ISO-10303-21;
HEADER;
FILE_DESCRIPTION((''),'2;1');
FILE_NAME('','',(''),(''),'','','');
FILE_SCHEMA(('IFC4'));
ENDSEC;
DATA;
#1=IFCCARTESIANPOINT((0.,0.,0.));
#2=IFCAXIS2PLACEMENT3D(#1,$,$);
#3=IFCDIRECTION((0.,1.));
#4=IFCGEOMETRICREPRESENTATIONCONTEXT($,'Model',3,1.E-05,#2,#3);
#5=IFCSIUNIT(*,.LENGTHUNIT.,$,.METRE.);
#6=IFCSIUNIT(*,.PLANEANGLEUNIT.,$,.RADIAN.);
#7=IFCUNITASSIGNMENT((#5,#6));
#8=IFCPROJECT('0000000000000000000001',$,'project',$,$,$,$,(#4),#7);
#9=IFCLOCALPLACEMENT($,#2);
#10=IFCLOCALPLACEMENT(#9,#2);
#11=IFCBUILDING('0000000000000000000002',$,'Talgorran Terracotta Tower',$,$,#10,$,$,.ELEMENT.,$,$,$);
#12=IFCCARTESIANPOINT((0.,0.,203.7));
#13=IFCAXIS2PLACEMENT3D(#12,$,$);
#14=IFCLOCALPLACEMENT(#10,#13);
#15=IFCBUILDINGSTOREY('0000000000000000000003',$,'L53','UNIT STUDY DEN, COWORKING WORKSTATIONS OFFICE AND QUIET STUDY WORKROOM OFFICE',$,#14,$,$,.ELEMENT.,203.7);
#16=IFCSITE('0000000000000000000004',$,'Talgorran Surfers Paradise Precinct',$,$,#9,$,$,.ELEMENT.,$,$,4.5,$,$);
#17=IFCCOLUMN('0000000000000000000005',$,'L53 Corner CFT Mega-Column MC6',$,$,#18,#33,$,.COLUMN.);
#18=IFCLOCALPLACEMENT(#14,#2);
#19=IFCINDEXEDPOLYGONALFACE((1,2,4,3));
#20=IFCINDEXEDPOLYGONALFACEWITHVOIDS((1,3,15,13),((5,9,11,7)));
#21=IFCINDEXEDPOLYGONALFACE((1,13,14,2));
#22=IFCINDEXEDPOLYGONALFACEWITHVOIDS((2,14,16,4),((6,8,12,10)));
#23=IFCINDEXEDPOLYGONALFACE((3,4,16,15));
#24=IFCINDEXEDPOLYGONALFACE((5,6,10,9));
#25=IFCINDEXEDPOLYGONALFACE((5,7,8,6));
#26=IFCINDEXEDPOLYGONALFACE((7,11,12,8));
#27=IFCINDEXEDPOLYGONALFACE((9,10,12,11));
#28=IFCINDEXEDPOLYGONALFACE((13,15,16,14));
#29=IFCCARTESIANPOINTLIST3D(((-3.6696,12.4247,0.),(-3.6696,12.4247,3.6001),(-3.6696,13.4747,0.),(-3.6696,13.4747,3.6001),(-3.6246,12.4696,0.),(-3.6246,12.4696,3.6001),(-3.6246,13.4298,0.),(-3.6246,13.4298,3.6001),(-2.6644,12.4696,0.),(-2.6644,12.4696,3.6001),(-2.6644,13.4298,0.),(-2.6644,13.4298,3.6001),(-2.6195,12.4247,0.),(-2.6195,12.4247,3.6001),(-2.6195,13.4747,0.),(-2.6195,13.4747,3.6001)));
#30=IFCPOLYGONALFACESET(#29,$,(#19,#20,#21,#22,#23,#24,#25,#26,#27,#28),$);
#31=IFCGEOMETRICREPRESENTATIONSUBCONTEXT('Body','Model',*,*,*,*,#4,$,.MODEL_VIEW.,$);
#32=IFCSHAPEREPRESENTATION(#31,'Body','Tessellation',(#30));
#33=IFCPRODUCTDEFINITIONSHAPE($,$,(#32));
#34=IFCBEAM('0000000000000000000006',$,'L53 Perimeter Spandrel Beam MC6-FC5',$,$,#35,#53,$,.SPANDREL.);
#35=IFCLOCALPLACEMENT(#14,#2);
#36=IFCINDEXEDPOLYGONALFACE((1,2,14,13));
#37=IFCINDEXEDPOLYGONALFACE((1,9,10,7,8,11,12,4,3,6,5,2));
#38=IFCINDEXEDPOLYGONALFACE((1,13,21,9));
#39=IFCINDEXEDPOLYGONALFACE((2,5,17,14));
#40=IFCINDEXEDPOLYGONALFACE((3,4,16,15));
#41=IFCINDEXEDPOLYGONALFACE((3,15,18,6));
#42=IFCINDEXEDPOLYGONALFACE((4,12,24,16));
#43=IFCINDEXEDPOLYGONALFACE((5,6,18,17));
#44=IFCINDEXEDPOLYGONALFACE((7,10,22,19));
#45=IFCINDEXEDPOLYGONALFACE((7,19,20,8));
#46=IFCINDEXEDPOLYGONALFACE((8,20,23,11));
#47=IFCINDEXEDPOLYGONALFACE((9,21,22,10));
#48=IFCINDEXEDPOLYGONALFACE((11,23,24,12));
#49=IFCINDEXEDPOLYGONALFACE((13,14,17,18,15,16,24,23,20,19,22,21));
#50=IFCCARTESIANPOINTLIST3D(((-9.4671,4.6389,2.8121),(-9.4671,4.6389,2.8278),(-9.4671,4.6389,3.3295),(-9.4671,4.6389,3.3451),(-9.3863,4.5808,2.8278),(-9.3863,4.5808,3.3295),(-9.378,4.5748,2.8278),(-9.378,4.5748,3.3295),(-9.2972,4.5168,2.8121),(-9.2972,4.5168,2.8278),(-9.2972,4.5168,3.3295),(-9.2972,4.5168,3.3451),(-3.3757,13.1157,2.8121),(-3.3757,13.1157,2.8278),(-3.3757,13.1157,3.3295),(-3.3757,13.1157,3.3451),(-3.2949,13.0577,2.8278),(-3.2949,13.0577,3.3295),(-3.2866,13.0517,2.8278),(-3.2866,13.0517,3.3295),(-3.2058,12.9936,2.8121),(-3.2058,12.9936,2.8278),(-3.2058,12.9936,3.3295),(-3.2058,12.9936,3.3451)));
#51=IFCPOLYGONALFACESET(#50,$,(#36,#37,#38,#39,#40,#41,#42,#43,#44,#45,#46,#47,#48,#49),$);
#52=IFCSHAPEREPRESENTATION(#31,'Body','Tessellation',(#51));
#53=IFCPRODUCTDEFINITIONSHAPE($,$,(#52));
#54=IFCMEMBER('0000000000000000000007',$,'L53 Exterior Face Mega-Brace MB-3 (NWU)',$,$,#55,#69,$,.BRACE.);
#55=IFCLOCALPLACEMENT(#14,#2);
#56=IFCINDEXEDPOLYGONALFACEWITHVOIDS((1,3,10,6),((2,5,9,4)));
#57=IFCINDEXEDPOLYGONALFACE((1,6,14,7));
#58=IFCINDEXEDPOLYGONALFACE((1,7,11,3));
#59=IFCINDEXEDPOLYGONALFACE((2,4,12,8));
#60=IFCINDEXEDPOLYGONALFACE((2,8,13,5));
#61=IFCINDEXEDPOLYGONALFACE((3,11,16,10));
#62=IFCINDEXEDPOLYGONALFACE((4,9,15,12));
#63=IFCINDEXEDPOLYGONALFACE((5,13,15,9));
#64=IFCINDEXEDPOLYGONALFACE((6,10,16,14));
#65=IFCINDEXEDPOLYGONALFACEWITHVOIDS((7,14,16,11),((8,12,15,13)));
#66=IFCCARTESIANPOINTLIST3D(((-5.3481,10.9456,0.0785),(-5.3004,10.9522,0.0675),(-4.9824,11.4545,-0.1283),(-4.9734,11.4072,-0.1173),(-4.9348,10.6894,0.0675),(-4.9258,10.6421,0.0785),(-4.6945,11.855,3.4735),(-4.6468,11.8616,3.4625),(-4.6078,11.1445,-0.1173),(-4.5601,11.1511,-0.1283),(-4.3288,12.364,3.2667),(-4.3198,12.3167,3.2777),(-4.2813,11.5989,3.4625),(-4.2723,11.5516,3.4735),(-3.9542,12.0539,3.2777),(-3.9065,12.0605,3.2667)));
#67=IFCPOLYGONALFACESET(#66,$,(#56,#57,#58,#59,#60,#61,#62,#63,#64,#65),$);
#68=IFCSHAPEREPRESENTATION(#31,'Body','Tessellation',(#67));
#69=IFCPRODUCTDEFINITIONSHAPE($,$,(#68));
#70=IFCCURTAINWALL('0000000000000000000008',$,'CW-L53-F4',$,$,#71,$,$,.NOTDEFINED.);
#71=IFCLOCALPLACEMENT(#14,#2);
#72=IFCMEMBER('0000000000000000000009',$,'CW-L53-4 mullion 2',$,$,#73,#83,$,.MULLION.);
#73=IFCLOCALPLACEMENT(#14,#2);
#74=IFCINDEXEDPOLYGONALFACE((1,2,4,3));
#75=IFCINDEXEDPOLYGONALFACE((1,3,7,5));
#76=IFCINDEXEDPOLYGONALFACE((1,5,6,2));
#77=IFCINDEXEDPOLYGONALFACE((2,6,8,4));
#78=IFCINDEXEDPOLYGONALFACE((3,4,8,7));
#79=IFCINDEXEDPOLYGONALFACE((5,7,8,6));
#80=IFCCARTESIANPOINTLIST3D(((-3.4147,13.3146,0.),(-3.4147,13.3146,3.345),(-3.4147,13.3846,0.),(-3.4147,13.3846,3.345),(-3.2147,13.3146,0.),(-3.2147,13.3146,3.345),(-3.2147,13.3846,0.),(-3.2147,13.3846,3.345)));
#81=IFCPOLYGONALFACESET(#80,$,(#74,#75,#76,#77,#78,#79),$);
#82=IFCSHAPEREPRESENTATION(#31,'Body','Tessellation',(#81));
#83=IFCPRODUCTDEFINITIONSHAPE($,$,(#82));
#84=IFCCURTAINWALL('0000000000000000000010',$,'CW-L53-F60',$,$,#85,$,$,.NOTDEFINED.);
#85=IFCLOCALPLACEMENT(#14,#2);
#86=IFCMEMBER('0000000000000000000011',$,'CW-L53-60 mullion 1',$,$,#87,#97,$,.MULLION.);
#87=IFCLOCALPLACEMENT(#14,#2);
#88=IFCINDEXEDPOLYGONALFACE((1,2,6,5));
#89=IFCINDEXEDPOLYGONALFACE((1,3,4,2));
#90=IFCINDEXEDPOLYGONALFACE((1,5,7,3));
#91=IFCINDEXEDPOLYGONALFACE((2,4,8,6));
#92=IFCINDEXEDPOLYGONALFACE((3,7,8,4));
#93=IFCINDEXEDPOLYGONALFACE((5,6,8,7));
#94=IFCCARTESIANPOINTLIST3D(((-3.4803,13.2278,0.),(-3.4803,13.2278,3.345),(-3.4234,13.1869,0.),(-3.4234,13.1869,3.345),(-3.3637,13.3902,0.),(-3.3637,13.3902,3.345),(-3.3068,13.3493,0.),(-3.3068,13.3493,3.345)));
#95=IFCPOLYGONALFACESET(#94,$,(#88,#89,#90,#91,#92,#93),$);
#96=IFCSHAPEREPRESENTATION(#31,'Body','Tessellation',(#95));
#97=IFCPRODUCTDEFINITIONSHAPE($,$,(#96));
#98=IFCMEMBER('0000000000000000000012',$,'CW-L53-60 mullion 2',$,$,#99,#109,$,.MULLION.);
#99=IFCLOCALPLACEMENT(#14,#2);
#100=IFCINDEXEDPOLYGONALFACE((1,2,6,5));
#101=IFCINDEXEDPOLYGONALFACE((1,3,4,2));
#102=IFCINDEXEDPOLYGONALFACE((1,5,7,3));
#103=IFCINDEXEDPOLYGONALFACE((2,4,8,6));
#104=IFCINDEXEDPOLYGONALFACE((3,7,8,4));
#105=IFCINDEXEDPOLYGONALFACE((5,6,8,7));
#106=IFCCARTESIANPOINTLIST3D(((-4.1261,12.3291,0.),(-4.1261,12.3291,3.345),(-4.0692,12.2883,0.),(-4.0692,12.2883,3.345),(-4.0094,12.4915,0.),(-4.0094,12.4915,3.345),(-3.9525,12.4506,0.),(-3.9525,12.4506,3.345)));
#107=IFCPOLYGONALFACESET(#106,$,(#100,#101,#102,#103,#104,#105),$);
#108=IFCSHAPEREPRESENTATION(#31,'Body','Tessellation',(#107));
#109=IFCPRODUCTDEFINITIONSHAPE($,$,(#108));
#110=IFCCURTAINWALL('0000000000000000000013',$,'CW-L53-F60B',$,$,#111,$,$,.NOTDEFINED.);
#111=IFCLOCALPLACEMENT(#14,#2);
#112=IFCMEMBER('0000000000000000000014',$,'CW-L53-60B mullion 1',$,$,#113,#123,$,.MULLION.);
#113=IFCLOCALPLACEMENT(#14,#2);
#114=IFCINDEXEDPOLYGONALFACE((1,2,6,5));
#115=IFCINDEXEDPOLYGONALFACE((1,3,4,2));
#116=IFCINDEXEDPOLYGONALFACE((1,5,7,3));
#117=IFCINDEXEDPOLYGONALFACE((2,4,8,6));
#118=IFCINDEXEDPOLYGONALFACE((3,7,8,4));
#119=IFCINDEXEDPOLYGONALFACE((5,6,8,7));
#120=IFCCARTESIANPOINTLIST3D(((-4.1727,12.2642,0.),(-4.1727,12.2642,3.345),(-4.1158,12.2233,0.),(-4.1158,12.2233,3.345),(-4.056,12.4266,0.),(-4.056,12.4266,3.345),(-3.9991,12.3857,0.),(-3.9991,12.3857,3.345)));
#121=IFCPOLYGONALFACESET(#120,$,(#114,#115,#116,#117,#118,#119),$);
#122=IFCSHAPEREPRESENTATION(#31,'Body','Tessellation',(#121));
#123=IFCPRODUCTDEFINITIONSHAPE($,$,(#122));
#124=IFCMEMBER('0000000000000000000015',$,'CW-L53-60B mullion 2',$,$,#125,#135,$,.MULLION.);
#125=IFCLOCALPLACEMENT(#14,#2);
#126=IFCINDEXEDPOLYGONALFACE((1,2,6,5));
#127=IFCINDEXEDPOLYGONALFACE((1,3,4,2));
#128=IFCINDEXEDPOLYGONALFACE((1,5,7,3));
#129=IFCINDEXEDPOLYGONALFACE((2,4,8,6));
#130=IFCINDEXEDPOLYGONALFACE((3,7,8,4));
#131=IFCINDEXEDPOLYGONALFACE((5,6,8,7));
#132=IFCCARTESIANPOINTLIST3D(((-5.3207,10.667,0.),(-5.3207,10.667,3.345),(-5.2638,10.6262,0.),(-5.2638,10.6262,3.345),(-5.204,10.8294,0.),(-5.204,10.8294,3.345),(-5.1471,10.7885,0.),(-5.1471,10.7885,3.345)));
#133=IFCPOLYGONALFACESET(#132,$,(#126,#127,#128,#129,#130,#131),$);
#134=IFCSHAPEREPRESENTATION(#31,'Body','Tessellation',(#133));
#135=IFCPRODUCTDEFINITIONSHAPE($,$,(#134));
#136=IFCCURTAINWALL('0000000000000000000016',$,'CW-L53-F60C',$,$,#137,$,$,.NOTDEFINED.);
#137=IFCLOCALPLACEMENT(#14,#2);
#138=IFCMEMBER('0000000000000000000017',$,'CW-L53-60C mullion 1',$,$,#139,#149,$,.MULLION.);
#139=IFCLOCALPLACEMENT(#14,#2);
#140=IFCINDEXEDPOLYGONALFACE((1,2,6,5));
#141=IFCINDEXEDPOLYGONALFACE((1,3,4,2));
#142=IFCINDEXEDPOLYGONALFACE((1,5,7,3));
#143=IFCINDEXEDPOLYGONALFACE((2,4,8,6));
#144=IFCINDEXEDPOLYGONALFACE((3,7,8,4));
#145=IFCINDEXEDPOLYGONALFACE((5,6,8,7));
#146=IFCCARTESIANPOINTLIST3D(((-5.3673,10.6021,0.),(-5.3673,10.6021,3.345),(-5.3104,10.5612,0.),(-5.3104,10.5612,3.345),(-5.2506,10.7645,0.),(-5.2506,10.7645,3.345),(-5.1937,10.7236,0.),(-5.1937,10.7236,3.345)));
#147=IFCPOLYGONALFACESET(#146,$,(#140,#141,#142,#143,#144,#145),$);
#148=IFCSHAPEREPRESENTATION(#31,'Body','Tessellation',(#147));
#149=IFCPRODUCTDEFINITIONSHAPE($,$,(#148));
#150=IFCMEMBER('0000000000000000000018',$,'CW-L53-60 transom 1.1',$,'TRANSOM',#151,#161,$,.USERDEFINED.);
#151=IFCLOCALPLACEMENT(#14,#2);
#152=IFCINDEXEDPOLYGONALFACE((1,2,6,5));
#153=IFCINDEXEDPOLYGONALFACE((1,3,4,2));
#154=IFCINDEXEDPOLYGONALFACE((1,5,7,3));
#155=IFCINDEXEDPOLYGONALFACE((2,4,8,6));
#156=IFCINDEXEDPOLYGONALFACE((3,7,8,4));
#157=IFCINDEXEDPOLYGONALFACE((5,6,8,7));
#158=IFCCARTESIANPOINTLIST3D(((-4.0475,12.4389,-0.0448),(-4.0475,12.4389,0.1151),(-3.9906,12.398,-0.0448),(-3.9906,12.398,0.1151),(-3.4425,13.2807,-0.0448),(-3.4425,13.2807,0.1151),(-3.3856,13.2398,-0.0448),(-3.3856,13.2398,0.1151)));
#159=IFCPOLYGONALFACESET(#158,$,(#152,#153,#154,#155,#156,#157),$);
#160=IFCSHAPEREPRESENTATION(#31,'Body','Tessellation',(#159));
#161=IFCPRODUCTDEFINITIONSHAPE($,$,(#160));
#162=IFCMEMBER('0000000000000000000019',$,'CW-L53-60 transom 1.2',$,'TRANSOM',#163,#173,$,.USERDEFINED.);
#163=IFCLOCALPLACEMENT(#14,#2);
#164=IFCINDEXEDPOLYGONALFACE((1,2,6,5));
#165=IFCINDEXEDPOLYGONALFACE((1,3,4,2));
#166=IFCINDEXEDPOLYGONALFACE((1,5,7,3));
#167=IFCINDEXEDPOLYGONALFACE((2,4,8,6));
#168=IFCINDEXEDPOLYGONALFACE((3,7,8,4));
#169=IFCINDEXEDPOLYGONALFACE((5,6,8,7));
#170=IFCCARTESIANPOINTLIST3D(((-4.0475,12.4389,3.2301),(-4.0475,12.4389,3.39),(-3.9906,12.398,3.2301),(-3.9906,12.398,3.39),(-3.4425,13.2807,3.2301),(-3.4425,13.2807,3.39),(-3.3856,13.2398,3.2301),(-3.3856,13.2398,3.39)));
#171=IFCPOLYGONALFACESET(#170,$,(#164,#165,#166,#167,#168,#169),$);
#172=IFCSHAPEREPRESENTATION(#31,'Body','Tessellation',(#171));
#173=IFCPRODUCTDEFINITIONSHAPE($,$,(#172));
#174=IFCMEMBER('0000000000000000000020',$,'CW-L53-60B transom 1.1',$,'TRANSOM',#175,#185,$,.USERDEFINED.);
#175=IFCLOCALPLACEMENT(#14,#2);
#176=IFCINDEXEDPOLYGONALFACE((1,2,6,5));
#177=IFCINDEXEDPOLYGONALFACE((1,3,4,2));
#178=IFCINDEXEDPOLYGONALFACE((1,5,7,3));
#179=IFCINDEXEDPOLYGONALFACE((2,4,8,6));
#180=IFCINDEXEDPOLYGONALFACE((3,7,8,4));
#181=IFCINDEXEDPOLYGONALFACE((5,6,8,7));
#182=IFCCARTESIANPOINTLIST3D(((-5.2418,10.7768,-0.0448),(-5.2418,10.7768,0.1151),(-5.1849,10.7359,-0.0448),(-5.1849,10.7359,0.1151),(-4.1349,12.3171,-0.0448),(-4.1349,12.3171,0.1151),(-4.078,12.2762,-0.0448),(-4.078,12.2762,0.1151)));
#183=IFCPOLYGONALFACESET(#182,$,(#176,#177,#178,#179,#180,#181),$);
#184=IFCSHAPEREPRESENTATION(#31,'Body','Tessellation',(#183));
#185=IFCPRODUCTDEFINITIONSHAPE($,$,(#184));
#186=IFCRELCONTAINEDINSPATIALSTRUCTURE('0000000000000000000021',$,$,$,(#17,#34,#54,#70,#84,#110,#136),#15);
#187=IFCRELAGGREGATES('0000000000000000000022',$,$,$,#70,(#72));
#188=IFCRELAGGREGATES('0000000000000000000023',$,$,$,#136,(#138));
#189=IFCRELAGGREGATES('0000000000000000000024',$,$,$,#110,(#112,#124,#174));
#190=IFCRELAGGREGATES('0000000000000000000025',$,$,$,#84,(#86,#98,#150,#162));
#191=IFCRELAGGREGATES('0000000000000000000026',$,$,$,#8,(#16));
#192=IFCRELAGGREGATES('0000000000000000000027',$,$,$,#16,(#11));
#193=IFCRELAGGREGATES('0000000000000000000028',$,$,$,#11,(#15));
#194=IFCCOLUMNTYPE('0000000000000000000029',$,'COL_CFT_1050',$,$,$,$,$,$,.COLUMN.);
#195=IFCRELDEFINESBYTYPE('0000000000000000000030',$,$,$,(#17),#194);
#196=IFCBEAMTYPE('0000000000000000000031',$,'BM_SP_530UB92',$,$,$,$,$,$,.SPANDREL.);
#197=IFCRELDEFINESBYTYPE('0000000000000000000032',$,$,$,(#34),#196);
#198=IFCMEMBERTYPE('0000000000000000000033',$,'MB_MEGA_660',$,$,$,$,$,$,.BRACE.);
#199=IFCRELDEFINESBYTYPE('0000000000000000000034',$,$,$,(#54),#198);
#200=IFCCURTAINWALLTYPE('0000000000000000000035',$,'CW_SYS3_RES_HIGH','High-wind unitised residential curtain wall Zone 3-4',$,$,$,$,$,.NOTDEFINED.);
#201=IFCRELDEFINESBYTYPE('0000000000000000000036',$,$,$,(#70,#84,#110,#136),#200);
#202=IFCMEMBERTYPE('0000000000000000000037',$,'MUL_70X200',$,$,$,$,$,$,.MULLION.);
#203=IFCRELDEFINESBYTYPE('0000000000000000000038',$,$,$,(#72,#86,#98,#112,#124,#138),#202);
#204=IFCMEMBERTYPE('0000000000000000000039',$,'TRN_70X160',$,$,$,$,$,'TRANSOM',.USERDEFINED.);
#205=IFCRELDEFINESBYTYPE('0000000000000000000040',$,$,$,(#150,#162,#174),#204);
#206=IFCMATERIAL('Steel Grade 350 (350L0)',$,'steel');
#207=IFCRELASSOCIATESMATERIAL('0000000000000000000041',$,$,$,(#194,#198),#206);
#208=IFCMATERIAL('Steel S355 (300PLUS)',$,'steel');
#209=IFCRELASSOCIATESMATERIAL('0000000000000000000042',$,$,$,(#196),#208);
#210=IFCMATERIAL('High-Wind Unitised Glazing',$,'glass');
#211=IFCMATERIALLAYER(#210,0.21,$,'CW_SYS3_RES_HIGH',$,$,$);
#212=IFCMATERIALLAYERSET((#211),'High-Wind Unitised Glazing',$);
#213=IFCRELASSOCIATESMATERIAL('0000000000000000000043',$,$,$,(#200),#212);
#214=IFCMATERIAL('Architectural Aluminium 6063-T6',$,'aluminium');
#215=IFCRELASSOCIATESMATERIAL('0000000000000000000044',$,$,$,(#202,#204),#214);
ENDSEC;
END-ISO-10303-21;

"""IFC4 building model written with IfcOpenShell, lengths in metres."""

from ifc_helpers import new_model, si_unit, direction, frame, origin, origin_2d, place, context, subcontext, project, spatial, rectangle, hollow_rectangle, i_section, extrude, material, layer, layer_set, material_profile, profile_set, type_object, element, aggregate, save


model = new_model("IFC4")

# Units and contexts
model_context = context("Model", 3, precision=1e-05, world=origin(), true_north=direction((0.0, 1.0)))
body_context = subcontext(model_context, "Body", "Model", "MODEL_VIEW")
ifc_project = project(units=[si_unit("LENGTHUNIT", "METRE"), si_unit("PLANEANGLEUNIT", "RADIAN")], contexts=[model_context])

# Site, building, storey
site_placement = place(None, origin())
site = spatial("IfcSite", under=ifc_project, at=site_placement, Name="Talgorran Surfers Paradise Precinct", CompositionType="ELEMENT", RefElevation=4.5)
building_placement = place(site_placement, origin())
building = spatial("IfcBuilding", under=site, at=building_placement, Name="Talgorran Terracotta Tower", CompositionType="ELEMENT")
storey_placement = place(building_placement, frame((0.0, 0.0, 203.7)))
storey = spatial("IfcBuildingStorey", under=building, at=storey_placement, Name="L53", Description="UNIT STUDY DEN, COWORKING WORKSTATIONS OFFICE AND QUIET STUDY WORKROOM OFFICE", CompositionType="ELEMENT", Elevation=203.7)

# Column
ifc_material_1 = material(Name="Steel Grade 350 (350L0)", Category="steel")
ifc_material_profile_1 = material_profile(ifc_material_1, hollow_rectangle(XDim=1.05, YDim=1.05, WallThickness=0.0449, at=origin_2d()), Name="CFT1050X1050X45")
ifc_profile_set_1 = profile_set([ifc_material_profile_1], Name="Steel Grade 350 (350L0)")
column_type = type_object("IfcColumnType", Name="COL_CFT_1050", PredefinedType="COLUMN", material=ifc_profile_set_1)
column_placement = place(storey_placement, frame((-3.1445, 12.9497, 0.0), z_axis=(0.0, 0.0, 1.0), x_axis=(1.0, 0.0, 0.0)))
element("IfcColumn", 1, at=column_placement, inside=storey, type_object=column_type, Name="L53 Corner CFT Mega-Column MC6", PredefinedType="COLUMN", context=body_context, shape_type="SweptSolid", body=[
    extrude(hollow_rectangle(XDim=1.05, YDim=1.05, WallThickness=0.0449, at=origin_2d()), origin(), (0.0, 0.0, 1.0), 3.6001),
])

# Beam
ifc_material_2 = material(Name="Steel S355 (300PLUS)", Category="steel")
ifc_material_profile_2 = material_profile(ifc_material_2, i_section(OverallWidth=0.2092, OverallDepth=0.533, WebThickness=0.0103, FlangeThickness=0.0156, at=origin_2d()), Name="530UB92.4")
ifc_profile_set_2 = profile_set([ifc_material_profile_2], Name="Steel S355 (300PLUS)")
beam_type = type_object("IfcBeamType", Name="BM_SP_530UB92", PredefinedType="SPANDREL", material=ifc_profile_set_2)
beam_placement = place(storey_placement, frame((-3.2908, 13.0547, 3.0786), z_axis=(-0.583548, -0.812079, 0.0), x_axis=(0.812079, -0.583548, 0.0)))
element("IfcBeam", 2, at=beam_placement, inside=storey, type_object=beam_type, Name="L53 Perimeter Spandrel Beam MC6-FC5", PredefinedType="SPANDREL", context=body_context, shape_type="SweptSolid", body=[
    extrude(i_section(OverallWidth=0.2092, OverallDepth=0.533, WebThickness=0.0103, FlangeThickness=0.0156, at=origin_2d()), origin(), (0.0, 0.0, 1.0), 10.4385),
])

# Member
ifc_material_profile_3 = material_profile(ifc_material_1, hollow_rectangle(XDim=0.52, YDim=0.6599, WallThickness=0.0349, at=origin_2d()), Name="WBOX660X520X35")
ifc_profile_set_3 = profile_set([ifc_material_profile_3], Name="Steel Grade 350 (350L0)")
member_type_1 = type_object("IfcMemberType", Name="MB_MEGA_660", PredefinedType="BRACE", material=ifc_profile_set_3)
member_1_placement = place(storey_placement, frame((-4.9541, 11.0483, -0.0249), z_axis=(0.182817, 0.254387, 0.949666), x_axis=(-0.812051, 0.583587, 0.0)))
element("IfcMember", 3, at=member_1_placement, inside=storey, type_object=member_type_1, Name="L53 Exterior Face Mega-Brace MB-3 (NWU)", PredefinedType="BRACE", context=body_context, shape_type="SweptSolid", body=[
    extrude(hollow_rectangle(XDim=0.52, YDim=0.6599, WallThickness=0.0349, at=origin_2d()), origin(), (0.0, 0.0, 1.0), 3.575),
])

# Curtain wall, member
ifc_material_3 = material(Name="High-Wind Unitised Glazing", Category="glass")
ifc_layer_1 = layer(ifc_material_3, 0.21, Name="CW_SYS3_RES_HIGH")
ifc_layer_set_1 = layer_set([ifc_layer_1], Name="High-Wind Unitised Glazing")
curtain_wall_type = type_object("IfcCurtainWallType", Name="CW_SYS3_RES_HIGH", Description="High-wind unitised residential curtain wall Zone 3-4", PredefinedType="NOTDEFINED", material=ifc_layer_set_1)
curtain_wall_1_placement = place(storey_placement, origin())
curtain_wall_1 = element("IfcCurtainWall", 4, at=curtain_wall_1_placement, inside=storey, type_object=curtain_wall_type, Name="CW-L53-F4", PredefinedType="NOTDEFINED")
ifc_material_4 = material(Name="Architectural Aluminium 6063-T6", Category="aluminium")
ifc_material_profile_4 = material_profile(ifc_material_4, rectangle(XDim=0.0701, YDim=0.2, at=origin_2d()), Name="CWM70X200")
ifc_profile_set_4 = profile_set([ifc_material_profile_4], Name="Architectural Aluminium 6063-T6")
member_type_2 = type_object("IfcMemberType", Name="MUL_70X200", PredefinedType="MULLION", material=ifc_profile_set_4)
member_2_placement = place(storey_placement, frame((-3.3147, 13.3496, 0.0), z_axis=(0.0, 0.0, 1.0), x_axis=(0.0, -1.0, 0.0)))
member_2 = element("IfcMember", 5, at=member_2_placement, type_object=member_type_2, Name="CW-L53-4 mullion 2", PredefinedType="MULLION", context=body_context, shape_type="SweptSolid", body=[
    extrude(rectangle(XDim=0.0701, YDim=0.2, at=origin_2d()), origin(), (0.0, 0.0, 1.0), 3.345),
])
aggregate(curtain_wall_1, [member_2])

# Curtain walls, members
curtain_wall_2_placement = place(storey_placement, origin())
curtain_wall_2 = element("IfcCurtainWall", 6, at=curtain_wall_2_placement, inside=storey, type_object=curtain_wall_type, Name="CW-L53-F60", PredefinedType="NOTDEFINED")
member_3_placement = place(storey_placement, frame((-3.3936, 13.2886, 0.0), z_axis=(0.0, 0.0, 1.0), x_axis=(0.812071, -0.583559, 0.0)))
member_3 = element("IfcMember", 7, at=member_3_placement, type_object=member_type_2, Name="CW-L53-60 mullion 1", PredefinedType="MULLION", context=body_context, shape_type="SweptSolid", body=[
    extrude(rectangle(XDim=0.0701, YDim=0.2, at=origin_2d()), origin(), (0.0, 0.0, 1.0), 3.345),
])
member_4_placement = place(storey_placement, frame((-4.0393, 12.3899, 0.0), z_axis=(0.0, 0.0, 1.0), x_axis=(0.812071, -0.583559, 0.0)))
member_4 = element("IfcMember", 8, at=member_4_placement, type_object=member_type_2, Name="CW-L53-60 mullion 2", PredefinedType="MULLION", context=body_context, shape_type="SweptSolid", body=[
    extrude(rectangle(XDim=0.0701, YDim=0.2, at=origin_2d()), origin(), (0.0, 0.0, 1.0), 3.345),
])
curtain_wall_3_placement = place(storey_placement, origin())
curtain_wall_3 = element("IfcCurtainWall", 9, at=curtain_wall_3_placement, inside=storey, type_object=curtain_wall_type, Name="CW-L53-F60B", PredefinedType="NOTDEFINED")
member_5_placement = place(storey_placement, frame((-4.0859, 12.325, 0.0), z_axis=(0.0, 0.0, 1.0), x_axis=(0.812065, -0.583567, 0.0)))
member_5 = element("IfcMember", 10, at=member_5_placement, type_object=member_type_2, Name="CW-L53-60B mullion 1", PredefinedType="MULLION", context=body_context, shape_type="SweptSolid", body=[
    extrude(rectangle(XDim=0.0701, YDim=0.2, at=origin_2d()), origin(), (0.0, 0.0, 1.0), 3.345),
])
member_6_placement = place(storey_placement, frame((-5.2339, 10.7278, 0.0), z_axis=(0.0, 0.0, 1.0), x_axis=(0.812065, -0.583567, 0.0)))
member_6 = element("IfcMember", 11, at=member_6_placement, type_object=member_type_2, Name="CW-L53-60B mullion 2", PredefinedType="MULLION", context=body_context, shape_type="SweptSolid", body=[
    extrude(rectangle(XDim=0.0701, YDim=0.2, at=origin_2d()), origin(), (0.0, 0.0, 1.0), 3.345),
])

# Curtain wall, member
curtain_wall_4_placement = place(storey_placement, origin())
curtain_wall_4 = element("IfcCurtainWall", 12, at=curtain_wall_4_placement, inside=storey, type_object=curtain_wall_type, Name="CW-L53-F60C", PredefinedType="NOTDEFINED")
member_7_placement = place(storey_placement, frame((-5.2805, 10.6628, 0.0), z_axis=(0.0, 0.0, 1.0), x_axis=(0.812072, -0.583558, 0.0)))
member_7 = element("IfcMember", 13, at=member_7_placement, type_object=member_type_2, Name="CW-L53-60C mullion 1", PredefinedType="MULLION", context=body_context, shape_type="SweptSolid", body=[
    extrude(rectangle(XDim=0.0701, YDim=0.2, at=origin_2d()), origin(), (0.0, 0.0, 1.0), 3.345),
])

# Members
ifc_material_profile_5 = material_profile(ifc_material_4, rectangle(XDim=0.0701, YDim=0.1599, at=origin_2d()), Name="CWT70X160")
ifc_profile_set_5 = profile_set([ifc_material_profile_5], Name="Architectural Aluminium 6063-T6")
member_type_3 = type_object("IfcMemberType", Name="TRN_70X160", ElementType="TRANSOM", PredefinedType="USERDEFINED", material=ifc_profile_set_5)
member_8_placement = place(storey_placement, frame((-3.4141, 13.2603, 0.0352), z_axis=(-0.583597, -0.812043, 0.0), x_axis=(0.812043, -0.583597, 0.0)))
member_8 = element("IfcMember", 14, at=member_8_placement, type_object=member_type_3, Name="CW-L53-60 transom 1.1", ObjectType="TRANSOM", PredefinedType="USERDEFINED", context=body_context, shape_type="SweptSolid", body=[
    extrude(rectangle(XDim=0.0701, YDim=0.1599, at=origin_2d()), origin(), (0.0, 0.0, 1.0), 1.0366),
])
member_9_placement = place(storey_placement, frame((-3.4141, 13.2603, 3.3101), z_axis=(-0.583597, -0.812043, 0.0), x_axis=(0.812043, -0.583597, 0.0)))
member_9 = element("IfcMember", 15, at=member_9_placement, type_object=member_type_3, Name="CW-L53-60 transom 1.2", ObjectType="TRANSOM", PredefinedType="USERDEFINED", context=body_context, shape_type="SweptSolid", body=[
    extrude(rectangle(XDim=0.0701, YDim=0.1599, at=origin_2d()), origin(), (0.0, 0.0, 1.0), 1.0366),
])
member_10_placement = place(storey_placement, frame((-4.1064, 12.2966, 0.0352), z_axis=(-0.583586, -0.812052, 0.0), x_axis=(0.812052, -0.583586, 0.0)))
member_10 = element("IfcMember", 16, at=member_10_placement, type_object=member_type_3, Name="CW-L53-60B transom 1.1", ObjectType="TRANSOM", PredefinedType="USERDEFINED", context=body_context, shape_type="SweptSolid", body=[
    extrude(rectangle(XDim=0.0701, YDim=0.1599, at=origin_2d()), origin(), (0.0, 0.0, 1.0), 1.8967),
])
aggregate(curtain_wall_4, [member_7])

aggregate(curtain_wall_3, [member_5, member_6, member_10])
aggregate(curtain_wall_2, [member_3, member_4, member_8, member_9])

save(model, "model.ifc")
